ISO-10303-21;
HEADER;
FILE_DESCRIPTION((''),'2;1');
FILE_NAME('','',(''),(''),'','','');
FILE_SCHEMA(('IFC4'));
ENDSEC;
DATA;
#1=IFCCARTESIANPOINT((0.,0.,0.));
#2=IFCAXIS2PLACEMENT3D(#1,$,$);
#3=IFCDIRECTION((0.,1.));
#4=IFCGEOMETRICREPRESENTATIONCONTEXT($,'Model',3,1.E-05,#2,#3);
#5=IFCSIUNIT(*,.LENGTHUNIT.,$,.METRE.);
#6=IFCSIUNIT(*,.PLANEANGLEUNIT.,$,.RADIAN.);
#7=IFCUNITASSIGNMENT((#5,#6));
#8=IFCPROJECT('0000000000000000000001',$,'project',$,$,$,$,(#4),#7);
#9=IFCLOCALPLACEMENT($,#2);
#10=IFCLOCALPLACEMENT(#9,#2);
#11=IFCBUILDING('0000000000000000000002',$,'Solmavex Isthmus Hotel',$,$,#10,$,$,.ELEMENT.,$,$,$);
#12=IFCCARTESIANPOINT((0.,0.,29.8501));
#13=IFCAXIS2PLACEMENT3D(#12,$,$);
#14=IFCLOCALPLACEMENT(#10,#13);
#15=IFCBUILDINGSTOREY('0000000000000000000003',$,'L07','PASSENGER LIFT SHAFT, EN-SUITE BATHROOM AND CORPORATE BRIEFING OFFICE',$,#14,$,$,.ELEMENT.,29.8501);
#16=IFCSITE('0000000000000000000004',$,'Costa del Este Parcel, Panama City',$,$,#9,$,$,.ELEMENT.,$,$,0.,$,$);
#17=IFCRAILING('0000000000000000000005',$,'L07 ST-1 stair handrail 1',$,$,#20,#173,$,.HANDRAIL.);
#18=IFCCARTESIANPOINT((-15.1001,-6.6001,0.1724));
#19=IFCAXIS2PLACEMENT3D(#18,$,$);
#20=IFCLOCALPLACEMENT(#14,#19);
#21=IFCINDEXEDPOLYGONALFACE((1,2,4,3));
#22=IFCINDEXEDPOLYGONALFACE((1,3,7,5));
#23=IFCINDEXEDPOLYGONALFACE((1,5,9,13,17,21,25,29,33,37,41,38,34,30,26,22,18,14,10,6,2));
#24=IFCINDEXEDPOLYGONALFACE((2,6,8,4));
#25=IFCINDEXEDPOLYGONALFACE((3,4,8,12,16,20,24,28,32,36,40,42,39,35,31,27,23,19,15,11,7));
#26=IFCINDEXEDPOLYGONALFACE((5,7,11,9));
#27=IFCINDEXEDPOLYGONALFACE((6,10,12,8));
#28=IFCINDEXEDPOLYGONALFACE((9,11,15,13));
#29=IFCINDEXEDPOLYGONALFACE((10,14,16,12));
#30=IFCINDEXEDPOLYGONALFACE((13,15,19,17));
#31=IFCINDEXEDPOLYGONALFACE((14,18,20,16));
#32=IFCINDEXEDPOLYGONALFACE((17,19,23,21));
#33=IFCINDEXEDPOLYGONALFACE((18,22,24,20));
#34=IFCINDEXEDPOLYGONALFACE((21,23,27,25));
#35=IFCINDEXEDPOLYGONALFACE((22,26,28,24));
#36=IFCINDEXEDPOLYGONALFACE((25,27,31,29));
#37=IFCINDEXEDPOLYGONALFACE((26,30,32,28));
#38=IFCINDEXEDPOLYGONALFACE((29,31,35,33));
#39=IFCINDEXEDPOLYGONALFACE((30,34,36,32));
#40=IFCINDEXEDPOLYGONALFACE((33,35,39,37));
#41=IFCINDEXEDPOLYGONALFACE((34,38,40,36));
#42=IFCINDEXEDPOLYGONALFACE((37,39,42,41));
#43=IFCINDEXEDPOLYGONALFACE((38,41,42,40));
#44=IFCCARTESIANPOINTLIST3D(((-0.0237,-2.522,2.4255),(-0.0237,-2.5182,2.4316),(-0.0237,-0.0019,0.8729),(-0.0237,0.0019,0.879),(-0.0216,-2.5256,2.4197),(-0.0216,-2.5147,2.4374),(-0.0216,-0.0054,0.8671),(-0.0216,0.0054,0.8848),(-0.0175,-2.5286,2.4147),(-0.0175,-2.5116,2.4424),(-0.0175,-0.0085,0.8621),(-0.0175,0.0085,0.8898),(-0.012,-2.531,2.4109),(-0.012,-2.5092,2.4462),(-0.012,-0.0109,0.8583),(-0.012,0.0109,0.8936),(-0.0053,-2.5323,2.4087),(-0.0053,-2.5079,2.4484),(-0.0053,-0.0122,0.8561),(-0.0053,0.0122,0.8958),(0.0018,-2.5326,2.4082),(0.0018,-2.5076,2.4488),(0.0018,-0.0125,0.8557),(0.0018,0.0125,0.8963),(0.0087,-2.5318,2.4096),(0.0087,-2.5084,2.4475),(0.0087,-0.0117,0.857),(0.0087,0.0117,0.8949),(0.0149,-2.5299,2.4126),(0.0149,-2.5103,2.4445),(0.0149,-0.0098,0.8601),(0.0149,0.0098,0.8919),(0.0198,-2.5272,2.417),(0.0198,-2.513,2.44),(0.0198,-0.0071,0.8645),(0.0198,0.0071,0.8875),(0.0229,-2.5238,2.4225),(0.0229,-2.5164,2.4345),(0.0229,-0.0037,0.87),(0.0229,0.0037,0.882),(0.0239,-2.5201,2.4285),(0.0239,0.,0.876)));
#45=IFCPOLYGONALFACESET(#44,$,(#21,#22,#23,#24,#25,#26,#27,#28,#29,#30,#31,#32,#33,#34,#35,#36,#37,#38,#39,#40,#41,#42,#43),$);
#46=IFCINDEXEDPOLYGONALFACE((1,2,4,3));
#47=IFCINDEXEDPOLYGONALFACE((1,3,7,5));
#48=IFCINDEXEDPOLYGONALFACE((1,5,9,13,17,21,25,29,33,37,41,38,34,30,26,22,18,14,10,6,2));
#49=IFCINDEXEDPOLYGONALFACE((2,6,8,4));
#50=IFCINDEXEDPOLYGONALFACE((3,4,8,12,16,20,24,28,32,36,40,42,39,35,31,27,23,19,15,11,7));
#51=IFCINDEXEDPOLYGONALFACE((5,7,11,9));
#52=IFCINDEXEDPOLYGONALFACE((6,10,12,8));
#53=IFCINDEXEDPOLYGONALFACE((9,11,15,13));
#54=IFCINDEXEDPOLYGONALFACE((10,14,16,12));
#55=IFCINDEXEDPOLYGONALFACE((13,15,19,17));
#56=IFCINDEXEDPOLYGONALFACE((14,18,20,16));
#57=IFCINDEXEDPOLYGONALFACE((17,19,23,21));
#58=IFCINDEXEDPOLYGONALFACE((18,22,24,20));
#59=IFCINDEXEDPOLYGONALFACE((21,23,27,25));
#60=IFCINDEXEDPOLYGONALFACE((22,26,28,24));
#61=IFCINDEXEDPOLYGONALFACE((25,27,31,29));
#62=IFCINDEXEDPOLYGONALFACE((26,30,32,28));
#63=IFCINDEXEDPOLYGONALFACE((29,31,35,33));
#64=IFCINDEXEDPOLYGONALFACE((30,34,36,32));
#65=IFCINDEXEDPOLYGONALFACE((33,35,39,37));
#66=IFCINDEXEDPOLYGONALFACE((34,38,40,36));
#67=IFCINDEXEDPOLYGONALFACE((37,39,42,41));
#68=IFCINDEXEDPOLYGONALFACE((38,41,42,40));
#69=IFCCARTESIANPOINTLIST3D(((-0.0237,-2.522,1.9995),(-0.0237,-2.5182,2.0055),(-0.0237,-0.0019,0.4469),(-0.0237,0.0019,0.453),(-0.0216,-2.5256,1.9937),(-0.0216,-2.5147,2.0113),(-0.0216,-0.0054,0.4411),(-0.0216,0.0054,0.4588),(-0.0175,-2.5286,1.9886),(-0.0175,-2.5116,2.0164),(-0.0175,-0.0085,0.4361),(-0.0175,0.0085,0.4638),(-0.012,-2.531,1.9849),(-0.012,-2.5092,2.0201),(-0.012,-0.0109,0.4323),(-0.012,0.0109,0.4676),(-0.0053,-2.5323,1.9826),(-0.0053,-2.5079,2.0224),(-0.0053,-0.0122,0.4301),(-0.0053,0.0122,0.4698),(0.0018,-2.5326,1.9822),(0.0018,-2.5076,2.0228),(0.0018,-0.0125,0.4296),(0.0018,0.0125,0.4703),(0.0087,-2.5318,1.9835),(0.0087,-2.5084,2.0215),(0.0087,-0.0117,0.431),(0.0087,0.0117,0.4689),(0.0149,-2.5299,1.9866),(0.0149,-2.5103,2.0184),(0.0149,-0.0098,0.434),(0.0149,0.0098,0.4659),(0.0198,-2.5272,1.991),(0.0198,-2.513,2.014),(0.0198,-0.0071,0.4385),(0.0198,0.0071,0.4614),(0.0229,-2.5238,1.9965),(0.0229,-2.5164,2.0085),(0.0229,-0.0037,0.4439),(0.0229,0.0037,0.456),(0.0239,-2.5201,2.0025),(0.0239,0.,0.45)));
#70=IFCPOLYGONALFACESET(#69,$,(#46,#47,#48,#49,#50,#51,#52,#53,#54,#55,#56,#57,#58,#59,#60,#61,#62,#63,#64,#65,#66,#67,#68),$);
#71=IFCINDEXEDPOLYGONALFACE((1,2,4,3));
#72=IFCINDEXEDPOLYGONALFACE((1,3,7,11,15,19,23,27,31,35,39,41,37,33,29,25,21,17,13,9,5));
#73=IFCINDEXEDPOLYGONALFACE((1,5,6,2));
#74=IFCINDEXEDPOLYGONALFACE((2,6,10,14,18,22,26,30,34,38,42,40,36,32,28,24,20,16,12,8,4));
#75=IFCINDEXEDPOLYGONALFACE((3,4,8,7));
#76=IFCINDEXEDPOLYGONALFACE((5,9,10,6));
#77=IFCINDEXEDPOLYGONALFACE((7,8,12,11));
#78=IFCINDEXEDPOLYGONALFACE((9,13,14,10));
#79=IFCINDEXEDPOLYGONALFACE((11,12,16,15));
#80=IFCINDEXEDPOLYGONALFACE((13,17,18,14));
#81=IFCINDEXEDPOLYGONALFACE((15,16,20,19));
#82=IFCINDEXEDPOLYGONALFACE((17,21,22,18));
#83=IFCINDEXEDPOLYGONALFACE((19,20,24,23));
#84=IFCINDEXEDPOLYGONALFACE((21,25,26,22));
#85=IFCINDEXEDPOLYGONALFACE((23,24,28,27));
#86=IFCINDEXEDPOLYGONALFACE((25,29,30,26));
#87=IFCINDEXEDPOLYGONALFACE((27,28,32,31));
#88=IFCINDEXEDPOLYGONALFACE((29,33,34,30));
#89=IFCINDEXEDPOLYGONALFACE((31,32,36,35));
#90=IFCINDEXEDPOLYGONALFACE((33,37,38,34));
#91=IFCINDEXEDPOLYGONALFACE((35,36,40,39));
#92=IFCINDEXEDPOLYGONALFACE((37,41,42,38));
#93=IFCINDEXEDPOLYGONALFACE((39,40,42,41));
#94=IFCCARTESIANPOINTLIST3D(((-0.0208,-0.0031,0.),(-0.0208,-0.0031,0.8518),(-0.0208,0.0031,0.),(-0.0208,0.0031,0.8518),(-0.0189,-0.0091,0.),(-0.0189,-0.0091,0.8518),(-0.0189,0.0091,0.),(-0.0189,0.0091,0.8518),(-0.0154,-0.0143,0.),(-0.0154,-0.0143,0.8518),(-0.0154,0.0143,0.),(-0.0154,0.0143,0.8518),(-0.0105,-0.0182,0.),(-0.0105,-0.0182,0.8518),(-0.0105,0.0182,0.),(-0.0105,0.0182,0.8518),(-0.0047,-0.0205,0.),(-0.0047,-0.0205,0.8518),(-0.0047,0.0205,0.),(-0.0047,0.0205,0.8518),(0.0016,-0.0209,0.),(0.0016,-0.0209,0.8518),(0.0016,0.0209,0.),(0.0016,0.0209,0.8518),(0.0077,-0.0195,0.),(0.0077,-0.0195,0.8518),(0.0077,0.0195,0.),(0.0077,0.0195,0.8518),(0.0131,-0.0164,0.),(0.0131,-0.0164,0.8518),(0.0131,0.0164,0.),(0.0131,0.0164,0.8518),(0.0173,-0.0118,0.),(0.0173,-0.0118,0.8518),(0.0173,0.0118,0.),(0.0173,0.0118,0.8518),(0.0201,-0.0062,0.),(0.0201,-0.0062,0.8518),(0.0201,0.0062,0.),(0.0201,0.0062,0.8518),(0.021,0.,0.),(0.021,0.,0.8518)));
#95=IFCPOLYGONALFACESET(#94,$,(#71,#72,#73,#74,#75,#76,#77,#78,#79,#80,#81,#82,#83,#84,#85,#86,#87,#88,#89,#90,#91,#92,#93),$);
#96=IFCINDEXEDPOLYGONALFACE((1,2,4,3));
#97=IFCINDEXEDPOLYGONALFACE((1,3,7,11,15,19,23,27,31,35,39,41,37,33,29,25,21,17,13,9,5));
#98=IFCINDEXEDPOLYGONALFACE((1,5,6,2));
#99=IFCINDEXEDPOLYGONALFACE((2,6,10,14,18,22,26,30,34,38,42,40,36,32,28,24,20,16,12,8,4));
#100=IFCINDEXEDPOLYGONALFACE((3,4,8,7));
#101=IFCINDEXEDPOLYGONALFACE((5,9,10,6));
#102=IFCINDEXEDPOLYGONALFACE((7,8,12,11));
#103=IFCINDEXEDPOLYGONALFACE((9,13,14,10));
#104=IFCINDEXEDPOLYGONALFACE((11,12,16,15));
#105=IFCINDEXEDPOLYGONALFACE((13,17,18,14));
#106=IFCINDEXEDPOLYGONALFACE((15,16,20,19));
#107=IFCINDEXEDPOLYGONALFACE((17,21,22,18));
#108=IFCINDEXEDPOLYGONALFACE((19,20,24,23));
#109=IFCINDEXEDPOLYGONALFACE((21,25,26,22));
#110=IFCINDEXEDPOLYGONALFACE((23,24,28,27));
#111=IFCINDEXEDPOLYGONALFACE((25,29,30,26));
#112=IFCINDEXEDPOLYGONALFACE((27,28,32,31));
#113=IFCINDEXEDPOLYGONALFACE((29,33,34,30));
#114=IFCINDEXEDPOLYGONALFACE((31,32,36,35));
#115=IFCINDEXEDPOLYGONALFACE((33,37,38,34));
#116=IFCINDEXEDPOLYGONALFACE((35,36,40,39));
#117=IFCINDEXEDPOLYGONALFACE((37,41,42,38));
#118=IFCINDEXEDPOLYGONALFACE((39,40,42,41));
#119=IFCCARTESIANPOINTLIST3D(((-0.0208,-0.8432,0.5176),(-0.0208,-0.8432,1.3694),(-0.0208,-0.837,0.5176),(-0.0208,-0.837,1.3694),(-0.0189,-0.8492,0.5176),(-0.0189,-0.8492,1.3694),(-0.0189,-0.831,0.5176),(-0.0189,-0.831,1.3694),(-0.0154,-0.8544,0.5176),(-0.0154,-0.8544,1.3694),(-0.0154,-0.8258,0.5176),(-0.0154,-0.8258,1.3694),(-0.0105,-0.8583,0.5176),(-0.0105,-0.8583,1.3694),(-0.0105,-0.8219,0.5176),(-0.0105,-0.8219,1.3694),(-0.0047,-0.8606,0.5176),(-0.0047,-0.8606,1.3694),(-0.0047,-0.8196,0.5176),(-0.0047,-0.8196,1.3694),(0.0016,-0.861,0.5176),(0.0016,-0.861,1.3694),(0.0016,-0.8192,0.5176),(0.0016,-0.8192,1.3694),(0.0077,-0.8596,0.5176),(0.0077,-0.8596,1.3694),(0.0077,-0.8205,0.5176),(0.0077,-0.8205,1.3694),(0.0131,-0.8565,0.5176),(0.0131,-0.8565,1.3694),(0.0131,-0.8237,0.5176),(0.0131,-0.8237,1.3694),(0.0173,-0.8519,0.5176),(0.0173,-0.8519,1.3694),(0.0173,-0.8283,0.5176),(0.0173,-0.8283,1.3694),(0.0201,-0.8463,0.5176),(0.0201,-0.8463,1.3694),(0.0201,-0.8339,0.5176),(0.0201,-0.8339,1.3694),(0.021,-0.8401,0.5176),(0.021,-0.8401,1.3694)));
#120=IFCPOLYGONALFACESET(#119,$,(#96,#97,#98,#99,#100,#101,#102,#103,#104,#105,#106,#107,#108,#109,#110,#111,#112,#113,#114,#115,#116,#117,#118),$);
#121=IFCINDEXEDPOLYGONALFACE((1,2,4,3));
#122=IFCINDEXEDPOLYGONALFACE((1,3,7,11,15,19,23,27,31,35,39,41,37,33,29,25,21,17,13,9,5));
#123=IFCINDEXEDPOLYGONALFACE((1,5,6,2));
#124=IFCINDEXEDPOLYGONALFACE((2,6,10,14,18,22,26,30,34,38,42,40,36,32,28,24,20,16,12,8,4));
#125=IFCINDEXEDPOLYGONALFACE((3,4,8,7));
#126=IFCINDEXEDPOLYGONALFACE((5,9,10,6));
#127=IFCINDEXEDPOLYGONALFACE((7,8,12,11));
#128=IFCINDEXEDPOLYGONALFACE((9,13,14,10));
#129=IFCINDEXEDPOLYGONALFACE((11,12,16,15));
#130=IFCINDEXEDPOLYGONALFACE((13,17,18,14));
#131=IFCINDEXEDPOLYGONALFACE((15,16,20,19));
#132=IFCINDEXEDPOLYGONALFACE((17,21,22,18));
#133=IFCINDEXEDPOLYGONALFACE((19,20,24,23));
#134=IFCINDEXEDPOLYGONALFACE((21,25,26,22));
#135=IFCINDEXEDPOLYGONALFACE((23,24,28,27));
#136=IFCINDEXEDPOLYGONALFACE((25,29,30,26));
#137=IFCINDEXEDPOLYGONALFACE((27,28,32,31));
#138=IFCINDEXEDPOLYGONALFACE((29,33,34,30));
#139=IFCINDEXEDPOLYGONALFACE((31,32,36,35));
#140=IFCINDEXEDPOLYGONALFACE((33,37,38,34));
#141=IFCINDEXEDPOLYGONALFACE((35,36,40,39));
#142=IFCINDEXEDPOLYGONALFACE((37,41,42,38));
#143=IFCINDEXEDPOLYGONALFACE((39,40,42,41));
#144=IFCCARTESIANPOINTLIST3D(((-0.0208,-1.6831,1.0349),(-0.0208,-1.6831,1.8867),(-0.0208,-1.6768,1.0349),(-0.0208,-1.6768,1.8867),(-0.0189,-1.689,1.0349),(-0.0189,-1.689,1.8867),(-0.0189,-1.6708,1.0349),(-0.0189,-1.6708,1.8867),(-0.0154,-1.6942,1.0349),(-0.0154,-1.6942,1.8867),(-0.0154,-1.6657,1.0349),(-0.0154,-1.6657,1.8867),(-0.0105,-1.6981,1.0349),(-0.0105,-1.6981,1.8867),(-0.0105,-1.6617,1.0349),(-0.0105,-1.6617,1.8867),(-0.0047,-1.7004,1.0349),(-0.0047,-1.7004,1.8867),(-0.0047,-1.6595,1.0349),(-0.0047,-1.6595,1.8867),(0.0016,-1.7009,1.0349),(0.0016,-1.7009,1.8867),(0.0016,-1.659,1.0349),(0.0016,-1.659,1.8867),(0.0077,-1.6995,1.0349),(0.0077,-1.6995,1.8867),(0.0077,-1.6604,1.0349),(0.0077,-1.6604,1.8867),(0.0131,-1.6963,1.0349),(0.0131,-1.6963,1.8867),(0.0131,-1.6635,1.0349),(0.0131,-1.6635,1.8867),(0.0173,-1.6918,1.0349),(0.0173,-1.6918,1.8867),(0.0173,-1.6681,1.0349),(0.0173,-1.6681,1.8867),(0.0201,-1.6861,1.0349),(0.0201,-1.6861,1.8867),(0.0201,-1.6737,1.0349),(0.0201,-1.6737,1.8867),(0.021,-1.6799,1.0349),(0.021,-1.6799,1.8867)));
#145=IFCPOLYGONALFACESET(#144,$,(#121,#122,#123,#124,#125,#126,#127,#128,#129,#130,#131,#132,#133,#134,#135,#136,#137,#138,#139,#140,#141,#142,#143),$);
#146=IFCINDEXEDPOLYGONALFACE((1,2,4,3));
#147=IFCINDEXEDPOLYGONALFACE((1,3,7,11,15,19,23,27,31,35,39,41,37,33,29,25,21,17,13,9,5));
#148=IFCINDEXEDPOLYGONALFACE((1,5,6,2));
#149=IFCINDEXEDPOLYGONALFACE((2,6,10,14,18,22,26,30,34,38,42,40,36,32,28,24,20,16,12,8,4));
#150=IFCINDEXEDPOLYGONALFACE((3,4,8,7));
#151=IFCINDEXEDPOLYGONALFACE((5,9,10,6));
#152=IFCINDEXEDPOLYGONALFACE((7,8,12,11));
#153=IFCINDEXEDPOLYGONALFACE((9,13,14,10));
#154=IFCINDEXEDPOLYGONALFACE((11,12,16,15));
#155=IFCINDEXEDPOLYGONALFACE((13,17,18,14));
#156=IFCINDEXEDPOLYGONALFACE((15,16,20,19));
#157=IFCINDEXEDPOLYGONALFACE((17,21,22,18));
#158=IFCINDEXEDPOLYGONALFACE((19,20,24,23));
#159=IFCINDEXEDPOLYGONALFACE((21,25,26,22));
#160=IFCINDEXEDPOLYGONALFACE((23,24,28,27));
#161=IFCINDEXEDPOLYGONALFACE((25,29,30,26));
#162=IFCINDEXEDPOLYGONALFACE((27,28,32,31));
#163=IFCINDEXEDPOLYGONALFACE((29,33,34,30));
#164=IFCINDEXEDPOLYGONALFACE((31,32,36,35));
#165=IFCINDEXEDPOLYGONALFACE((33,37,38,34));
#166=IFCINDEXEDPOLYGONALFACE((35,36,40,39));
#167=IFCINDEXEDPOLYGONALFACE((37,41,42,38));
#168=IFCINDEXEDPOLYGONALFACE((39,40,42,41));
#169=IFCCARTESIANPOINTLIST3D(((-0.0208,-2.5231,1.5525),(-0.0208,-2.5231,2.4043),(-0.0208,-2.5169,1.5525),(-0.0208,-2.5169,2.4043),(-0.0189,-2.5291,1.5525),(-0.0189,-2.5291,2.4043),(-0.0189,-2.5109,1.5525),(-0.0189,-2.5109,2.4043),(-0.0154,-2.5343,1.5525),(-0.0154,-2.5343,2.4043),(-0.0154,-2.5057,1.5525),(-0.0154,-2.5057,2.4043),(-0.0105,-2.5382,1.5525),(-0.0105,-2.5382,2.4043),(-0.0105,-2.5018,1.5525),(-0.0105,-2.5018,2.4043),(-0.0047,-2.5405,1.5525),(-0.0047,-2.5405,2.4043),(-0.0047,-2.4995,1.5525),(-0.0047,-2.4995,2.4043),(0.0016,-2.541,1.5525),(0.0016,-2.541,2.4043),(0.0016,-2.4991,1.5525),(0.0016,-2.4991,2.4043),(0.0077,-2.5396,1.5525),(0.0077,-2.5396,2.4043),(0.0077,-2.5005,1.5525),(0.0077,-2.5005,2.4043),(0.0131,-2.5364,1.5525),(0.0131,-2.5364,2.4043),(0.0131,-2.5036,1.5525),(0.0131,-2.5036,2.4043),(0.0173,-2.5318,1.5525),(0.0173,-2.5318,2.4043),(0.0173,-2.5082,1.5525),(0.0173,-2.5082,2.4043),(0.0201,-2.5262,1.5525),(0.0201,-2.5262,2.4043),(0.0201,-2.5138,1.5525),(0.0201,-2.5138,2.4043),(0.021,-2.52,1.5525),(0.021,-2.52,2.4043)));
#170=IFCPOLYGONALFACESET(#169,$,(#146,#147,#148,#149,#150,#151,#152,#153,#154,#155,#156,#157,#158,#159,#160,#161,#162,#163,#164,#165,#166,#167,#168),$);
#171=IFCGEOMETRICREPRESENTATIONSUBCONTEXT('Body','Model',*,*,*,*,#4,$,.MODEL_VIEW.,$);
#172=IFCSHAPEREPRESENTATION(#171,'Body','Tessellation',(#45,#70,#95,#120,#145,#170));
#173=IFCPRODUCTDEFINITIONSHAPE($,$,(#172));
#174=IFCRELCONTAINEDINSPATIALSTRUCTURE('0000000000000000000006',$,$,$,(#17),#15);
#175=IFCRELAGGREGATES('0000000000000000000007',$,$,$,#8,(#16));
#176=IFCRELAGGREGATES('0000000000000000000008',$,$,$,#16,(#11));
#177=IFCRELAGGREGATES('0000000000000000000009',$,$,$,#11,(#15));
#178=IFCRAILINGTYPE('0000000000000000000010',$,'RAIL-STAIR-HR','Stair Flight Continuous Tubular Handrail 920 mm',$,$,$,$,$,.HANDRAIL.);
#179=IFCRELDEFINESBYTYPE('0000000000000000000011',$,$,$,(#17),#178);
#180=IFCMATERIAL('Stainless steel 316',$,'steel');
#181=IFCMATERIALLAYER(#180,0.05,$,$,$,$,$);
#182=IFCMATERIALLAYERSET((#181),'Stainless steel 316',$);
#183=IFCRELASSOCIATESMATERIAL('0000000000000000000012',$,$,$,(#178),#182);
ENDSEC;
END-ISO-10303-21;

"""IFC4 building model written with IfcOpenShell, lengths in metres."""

from ifc_helpers import new_model, si_unit, direction, frame, origin, origin_2d, place, context, subcontext, project, spatial, circle, extrude, material, layer, layer_set, type_object, element, save


model = new_model("IFC4")

# Units and contexts
model_context = context("Model", 3, precision=1e-05, world=origin(), true_north=direction((0.0, 1.0)))
body_context = subcontext(model_context, "Body", "Model", "MODEL_VIEW")
ifc_project = project(units=[si_unit("LENGTHUNIT", "METRE"), si_unit("PLANEANGLEUNIT", "RADIAN")], contexts=[model_context])

# Site, building, storey
site_placement = place(None, origin())
site = spatial("IfcSite", under=ifc_project, at=site_placement, Name="Costa del Este Parcel, Panama City", CompositionType="ELEMENT", RefElevation=0.0)
building_placement = place(site_placement, origin())
building = spatial("IfcBuilding", under=site, at=building_placement, Name="Solmavex Isthmus Hotel", CompositionType="ELEMENT")
storey_placement = place(building_placement, frame((0.0, 0.0, 29.8501)))
storey = spatial("IfcBuildingStorey", under=building, at=storey_placement, Name="L07", Description="PASSENGER LIFT SHAFT, EN-SUITE BATHROOM AND CORPORATE BRIEFING OFFICE", CompositionType="ELEMENT", Elevation=29.8501)

# Shared definitions
ifc_material_1 = material(Name="Stainless steel 316", Category="steel")

# Railing
ifc_layer_1 = layer(ifc_material_1, 0.05)
ifc_layer_set_1 = layer_set([ifc_layer_1], Name="Stainless steel 316")
railing_type_1 = type_object("IfcRailingType", Name="RAIL-STAIR-HR", Description="Stair Flight Continuous Tubular Handrail 920 mm", PredefinedType="HANDRAIL", material=ifc_layer_set_1)
railing_1_placement = place(storey_placement, frame((-15.1001, -6.6001, 0.1724)))
element("IfcRailing", 1, at=railing_1_placement, inside=storey, type_object=railing_type_1, Name="L07 ST-1 stair handrail 1", PredefinedType="HANDRAIL", context=body_context, shape_type="SweptSolid", body=[
    extrude(circle(Radius=0.0239, at=origin_2d()), frame((0.0, 0.0, 0.876), z_axis=(0.0, -0.8514, 0.524516), x_axis=(1.0, 0.0, 0.0)), (0.0, 0.0, 1.0), 2.96),
    extrude(circle(Radius=0.0239, at=origin_2d()), frame((0.0, 0.0, 0.45), z_axis=(0.0, -0.8514, 0.524516), x_axis=(1.0, 0.0, 0.0)), (0.0, 0.0, 1.0), 2.96),
    extrude(circle(Radius=0.021, at=origin_2d()), origin(), (0.0, 0.0, 1.0), 0.8518),
    extrude(circle(Radius=0.021, at=origin_2d()), frame((0.0, -0.8401, 0.5176)), (0.0, 0.0, 1.0), 0.8518),
    extrude(circle(Radius=0.021, at=origin_2d()), frame((0.0, -1.6799, 1.0349)), (0.0, 0.0, 1.0), 0.8518),
    extrude(circle(Radius=0.021, at=origin_2d()), frame((0.0, -2.52, 1.5525)), (0.0, 0.0, 1.0), 0.8518),
])

save(model, "model.ifc")
